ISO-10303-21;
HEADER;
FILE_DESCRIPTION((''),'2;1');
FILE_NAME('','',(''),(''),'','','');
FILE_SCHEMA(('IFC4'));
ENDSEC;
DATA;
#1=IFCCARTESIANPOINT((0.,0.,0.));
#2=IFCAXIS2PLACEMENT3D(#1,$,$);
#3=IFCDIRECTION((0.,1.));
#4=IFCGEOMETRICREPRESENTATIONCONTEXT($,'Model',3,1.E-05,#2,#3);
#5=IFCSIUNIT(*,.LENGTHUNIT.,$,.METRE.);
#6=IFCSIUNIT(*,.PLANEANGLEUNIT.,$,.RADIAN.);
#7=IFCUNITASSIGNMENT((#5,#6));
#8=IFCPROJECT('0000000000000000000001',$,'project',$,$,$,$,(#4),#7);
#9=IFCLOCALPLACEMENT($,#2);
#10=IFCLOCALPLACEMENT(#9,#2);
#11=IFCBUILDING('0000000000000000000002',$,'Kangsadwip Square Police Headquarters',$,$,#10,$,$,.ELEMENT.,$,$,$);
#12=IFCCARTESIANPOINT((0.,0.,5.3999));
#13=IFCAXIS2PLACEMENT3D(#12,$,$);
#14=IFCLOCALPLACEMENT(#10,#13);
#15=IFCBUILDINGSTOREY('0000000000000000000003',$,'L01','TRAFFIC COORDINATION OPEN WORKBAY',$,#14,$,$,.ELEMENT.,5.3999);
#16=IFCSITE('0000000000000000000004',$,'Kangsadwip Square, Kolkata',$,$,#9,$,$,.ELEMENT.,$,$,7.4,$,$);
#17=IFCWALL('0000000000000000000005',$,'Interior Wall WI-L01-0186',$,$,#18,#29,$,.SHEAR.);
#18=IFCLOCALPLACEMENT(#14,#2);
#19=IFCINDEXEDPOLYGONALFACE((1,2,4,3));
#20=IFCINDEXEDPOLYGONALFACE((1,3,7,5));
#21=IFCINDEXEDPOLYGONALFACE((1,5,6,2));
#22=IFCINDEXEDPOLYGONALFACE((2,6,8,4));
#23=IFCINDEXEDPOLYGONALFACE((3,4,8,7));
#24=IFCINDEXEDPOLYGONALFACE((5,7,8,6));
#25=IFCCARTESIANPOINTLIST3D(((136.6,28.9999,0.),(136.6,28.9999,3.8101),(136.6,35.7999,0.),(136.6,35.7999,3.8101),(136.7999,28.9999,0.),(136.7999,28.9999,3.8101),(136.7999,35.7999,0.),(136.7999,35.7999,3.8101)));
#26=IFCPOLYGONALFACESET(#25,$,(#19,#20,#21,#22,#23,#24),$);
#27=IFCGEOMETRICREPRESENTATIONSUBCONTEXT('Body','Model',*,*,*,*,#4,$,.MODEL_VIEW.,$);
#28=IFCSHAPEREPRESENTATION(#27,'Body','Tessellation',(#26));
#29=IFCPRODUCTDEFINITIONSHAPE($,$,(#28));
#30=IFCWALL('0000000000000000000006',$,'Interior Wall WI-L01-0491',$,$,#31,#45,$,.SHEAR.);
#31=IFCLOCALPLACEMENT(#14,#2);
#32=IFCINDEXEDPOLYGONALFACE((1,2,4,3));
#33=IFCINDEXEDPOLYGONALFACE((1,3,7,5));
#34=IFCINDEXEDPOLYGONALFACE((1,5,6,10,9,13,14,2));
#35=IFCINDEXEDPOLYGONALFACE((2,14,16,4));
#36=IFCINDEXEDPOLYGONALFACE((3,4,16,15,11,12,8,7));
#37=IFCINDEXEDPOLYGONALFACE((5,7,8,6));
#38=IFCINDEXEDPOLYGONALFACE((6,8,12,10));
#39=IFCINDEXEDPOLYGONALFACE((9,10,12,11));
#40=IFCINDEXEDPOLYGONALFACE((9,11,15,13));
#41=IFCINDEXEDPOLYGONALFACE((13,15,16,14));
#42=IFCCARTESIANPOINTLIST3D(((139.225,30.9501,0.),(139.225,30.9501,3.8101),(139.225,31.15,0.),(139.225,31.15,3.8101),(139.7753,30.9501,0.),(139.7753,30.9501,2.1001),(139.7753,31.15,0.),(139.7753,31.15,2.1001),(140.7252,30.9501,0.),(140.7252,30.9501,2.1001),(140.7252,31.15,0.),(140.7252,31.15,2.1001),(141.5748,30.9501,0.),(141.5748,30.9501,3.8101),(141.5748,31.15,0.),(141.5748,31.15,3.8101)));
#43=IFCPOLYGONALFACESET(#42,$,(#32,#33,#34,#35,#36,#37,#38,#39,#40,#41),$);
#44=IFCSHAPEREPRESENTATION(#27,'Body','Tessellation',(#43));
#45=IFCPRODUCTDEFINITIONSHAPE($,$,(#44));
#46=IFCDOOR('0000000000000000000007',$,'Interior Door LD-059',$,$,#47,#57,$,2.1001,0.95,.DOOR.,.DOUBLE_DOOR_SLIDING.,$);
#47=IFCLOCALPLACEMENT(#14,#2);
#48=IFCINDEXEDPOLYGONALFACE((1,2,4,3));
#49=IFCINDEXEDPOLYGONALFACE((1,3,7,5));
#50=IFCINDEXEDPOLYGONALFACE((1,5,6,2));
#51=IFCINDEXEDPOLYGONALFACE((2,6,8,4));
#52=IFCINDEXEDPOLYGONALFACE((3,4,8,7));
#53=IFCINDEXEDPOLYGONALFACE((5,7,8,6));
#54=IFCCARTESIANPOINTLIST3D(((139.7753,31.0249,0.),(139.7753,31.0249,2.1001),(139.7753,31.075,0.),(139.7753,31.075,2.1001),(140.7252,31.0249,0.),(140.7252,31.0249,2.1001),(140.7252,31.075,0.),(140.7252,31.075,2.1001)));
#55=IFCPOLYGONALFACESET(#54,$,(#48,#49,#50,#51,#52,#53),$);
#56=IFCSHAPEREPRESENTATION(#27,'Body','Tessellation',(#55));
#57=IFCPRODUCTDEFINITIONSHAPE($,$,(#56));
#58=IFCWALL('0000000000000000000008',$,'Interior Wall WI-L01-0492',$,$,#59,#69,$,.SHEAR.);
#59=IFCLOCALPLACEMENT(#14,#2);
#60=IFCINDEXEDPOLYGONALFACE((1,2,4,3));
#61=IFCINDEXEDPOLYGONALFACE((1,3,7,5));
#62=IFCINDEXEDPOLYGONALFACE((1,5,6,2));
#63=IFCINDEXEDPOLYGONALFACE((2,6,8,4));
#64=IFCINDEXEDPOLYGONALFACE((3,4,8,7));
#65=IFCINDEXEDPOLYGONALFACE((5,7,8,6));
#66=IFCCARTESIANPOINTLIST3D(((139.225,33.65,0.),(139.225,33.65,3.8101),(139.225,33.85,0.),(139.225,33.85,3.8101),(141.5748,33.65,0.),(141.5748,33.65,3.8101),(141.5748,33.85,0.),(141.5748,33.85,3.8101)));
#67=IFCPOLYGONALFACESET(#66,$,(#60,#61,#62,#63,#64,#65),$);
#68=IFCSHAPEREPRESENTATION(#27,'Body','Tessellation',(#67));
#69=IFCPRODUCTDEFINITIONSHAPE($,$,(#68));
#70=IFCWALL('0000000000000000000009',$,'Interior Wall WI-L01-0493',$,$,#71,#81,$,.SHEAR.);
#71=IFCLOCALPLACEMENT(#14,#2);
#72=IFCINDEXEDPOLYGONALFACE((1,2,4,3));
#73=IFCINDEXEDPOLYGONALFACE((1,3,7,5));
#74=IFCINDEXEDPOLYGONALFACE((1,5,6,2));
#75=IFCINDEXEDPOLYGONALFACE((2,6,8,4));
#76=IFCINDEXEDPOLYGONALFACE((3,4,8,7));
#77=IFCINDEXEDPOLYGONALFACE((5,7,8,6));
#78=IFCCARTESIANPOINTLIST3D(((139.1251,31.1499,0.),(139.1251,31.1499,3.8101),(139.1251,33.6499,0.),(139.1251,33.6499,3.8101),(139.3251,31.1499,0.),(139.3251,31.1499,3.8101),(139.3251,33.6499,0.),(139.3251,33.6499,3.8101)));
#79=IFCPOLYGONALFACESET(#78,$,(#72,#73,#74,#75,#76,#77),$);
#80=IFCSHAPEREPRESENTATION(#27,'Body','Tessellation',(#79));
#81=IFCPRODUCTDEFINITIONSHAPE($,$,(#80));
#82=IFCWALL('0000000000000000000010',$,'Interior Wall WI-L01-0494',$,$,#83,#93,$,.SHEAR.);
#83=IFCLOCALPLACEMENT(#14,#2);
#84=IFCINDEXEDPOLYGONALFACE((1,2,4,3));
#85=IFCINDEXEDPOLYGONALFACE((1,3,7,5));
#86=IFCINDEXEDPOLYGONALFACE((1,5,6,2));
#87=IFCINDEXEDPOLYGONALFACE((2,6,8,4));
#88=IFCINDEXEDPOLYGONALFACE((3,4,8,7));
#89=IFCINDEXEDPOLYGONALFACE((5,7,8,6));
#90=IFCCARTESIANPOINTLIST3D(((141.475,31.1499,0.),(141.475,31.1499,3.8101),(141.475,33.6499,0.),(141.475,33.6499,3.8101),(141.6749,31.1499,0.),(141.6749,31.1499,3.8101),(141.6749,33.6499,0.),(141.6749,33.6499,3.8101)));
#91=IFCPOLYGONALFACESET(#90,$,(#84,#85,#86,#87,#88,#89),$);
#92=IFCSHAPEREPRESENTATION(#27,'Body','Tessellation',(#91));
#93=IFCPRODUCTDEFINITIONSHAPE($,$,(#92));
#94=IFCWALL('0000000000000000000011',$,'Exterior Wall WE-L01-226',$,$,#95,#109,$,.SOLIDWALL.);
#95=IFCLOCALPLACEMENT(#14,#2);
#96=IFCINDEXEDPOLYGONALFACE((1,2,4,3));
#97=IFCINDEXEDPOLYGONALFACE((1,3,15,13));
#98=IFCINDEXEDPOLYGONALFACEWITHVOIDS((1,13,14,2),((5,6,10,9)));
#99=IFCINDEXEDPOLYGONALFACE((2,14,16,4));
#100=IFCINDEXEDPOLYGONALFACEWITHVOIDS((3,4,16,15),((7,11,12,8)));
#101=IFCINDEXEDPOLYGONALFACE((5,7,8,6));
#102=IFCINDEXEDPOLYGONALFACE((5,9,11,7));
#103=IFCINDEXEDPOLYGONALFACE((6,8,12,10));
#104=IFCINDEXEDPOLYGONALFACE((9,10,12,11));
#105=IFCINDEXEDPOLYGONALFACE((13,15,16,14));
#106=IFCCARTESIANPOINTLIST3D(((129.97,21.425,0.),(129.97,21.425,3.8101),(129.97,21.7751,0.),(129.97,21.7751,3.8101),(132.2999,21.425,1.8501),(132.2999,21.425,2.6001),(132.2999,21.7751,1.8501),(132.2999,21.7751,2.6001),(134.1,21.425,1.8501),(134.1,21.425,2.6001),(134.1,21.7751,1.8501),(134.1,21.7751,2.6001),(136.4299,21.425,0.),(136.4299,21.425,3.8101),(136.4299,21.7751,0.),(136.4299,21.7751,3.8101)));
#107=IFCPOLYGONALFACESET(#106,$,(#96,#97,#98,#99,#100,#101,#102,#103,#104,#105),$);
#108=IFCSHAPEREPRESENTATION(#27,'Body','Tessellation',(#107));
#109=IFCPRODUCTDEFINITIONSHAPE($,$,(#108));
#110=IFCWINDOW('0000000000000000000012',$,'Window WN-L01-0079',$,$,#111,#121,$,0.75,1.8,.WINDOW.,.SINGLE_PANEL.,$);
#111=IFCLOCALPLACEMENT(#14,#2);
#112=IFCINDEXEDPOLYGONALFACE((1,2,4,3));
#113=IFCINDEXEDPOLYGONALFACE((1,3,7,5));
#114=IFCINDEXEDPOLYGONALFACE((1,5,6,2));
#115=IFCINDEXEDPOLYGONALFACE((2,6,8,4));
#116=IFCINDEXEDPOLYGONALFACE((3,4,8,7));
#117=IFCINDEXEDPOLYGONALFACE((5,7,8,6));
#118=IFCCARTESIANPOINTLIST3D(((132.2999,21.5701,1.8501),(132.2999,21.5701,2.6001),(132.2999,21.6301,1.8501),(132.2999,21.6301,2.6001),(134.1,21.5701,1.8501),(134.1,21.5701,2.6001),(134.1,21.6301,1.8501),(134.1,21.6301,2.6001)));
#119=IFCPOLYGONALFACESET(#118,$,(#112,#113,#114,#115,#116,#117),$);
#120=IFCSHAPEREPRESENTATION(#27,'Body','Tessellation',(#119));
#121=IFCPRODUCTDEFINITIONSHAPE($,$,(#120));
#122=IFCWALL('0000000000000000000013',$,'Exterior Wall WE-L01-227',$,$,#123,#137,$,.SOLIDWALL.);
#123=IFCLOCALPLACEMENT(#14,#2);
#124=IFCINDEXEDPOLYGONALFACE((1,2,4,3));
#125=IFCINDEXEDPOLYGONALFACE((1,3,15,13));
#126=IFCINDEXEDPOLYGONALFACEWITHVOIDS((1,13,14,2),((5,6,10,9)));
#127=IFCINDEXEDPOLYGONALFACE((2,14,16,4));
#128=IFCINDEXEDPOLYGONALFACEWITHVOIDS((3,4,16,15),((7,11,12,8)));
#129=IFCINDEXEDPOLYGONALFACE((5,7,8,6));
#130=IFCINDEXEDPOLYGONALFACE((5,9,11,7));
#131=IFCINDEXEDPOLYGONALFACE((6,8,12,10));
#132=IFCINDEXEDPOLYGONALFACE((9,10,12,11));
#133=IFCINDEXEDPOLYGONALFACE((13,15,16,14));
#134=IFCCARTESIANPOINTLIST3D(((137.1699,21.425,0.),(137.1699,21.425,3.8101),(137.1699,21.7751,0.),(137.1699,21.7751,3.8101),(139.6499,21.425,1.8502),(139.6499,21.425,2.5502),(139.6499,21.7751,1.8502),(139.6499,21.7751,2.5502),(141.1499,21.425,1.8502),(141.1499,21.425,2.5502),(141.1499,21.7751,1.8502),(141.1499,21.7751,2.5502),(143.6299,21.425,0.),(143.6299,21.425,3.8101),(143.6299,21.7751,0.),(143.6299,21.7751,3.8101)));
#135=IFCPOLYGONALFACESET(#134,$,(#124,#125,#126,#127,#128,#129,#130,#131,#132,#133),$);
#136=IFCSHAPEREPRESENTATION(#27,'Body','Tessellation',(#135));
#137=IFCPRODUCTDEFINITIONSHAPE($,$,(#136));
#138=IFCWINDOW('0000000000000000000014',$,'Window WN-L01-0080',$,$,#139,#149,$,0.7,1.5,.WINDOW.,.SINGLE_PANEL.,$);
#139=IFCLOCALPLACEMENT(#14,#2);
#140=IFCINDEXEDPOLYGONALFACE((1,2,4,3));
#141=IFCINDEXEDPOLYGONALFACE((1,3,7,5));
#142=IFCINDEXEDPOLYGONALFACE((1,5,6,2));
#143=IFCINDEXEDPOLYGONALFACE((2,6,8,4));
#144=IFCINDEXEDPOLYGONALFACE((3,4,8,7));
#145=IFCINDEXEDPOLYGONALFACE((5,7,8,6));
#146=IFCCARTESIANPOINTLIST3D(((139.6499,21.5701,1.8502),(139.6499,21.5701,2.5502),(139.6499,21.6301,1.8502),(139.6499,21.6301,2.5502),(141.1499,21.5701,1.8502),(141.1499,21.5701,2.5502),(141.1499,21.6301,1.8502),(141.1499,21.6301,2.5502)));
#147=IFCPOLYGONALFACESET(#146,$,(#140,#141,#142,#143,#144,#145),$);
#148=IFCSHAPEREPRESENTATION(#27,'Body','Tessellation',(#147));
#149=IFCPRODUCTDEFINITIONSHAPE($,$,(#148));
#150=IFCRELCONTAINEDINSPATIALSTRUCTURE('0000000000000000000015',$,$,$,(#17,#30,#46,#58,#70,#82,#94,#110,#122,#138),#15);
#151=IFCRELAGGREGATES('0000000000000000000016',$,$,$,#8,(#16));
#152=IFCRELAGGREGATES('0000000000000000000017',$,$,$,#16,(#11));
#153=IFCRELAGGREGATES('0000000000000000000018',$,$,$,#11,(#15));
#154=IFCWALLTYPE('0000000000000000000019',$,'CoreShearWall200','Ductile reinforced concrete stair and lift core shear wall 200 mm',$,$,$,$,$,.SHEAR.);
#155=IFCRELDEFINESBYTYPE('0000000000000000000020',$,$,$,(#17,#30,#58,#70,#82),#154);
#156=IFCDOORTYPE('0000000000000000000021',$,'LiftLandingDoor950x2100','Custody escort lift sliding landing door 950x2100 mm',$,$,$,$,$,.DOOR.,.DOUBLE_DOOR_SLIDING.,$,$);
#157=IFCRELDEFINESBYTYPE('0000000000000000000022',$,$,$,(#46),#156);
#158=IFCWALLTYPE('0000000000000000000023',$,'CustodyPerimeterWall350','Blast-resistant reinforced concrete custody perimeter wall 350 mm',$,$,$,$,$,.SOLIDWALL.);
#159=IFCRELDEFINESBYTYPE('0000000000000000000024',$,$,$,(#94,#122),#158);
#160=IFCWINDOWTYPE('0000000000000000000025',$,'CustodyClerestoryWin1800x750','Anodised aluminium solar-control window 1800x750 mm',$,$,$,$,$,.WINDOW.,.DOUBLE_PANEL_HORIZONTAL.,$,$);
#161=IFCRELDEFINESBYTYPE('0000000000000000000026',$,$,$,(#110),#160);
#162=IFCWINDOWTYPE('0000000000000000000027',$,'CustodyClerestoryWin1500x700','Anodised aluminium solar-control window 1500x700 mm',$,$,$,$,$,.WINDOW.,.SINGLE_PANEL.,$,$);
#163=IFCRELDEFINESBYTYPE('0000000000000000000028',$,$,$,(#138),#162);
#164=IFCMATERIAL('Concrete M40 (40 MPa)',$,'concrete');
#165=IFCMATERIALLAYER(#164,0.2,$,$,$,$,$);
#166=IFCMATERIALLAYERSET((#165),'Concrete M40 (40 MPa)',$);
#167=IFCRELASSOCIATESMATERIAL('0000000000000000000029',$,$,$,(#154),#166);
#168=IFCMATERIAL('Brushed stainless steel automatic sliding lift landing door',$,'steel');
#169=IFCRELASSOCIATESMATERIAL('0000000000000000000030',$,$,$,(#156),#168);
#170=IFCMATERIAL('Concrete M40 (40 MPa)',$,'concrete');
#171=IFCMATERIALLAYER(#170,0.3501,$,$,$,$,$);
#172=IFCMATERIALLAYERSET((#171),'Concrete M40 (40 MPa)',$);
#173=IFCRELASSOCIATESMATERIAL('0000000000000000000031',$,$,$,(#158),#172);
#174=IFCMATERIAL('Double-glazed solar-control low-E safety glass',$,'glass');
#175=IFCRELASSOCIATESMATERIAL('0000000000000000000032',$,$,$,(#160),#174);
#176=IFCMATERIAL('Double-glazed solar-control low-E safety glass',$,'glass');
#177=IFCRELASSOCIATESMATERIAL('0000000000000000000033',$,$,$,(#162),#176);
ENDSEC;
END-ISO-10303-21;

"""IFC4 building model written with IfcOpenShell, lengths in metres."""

from ifc_helpers import new_model, si_unit, direction, frame, frame_2d, origin, place, context, subcontext, project, spatial, rectangle, extrude, material, layer, layer_set, type_object, element, fill, save


model = new_model("IFC4")

# Units and contexts
model_context = context("Model", 3, precision=1e-05, world=origin(), true_north=direction((0.0, 1.0)))
body_context = subcontext(model_context, "Body", "Model", "MODEL_VIEW")
ifc_project = project(units=[si_unit("LENGTHUNIT", "METRE"), si_unit("PLANEANGLEUNIT", "RADIAN")], contexts=[model_context])

# Site, building, storey
site_placement = place(None, origin())
site = spatial("IfcSite", under=ifc_project, at=site_placement, Name="Kangsadwip Square, Kolkata", CompositionType="ELEMENT", RefElevation=7.4)
building_placement = place(site_placement, origin())
building = spatial("IfcBuilding", under=site, at=building_placement, Name="Kangsadwip Square Police Headquarters", CompositionType="ELEMENT")
storey_placement = place(building_placement, frame((0.0, 0.0, 5.3999)))
storey = spatial("IfcBuildingStorey", under=building, at=storey_placement, Name="L01", Description="TRAFFIC COORDINATION OPEN WORKBAY", CompositionType="ELEMENT", Elevation=5.3999)

# Shared definitions
ifc_material_1 = material(Name="Concrete M40 (40 MPa)", Category="concrete")
ifc_layer_1 = layer(ifc_material_1, 0.2)
ifc_layer_set_1 = layer_set([ifc_layer_1], Name="Concrete M40 (40 MPa)")
wall_type_1 = type_object("IfcWallType", Name="CoreShearWall200", Description="Ductile reinforced concrete stair and lift core shear wall 200 mm", PredefinedType="SHEAR", material=ifc_layer_set_1)

# Wall
wall_1_placement = place(storey_placement, frame((136.7, 29.0, 0.0), z_axis=(0.0, 0.0, 1.0), x_axis=(0.0, 1.0, 0.0)))
element("IfcWall", 1, at=wall_1_placement, inside=storey, type_object=wall_type_1, Name="Interior Wall WI-L01-0186", PredefinedType="SHEAR", context=body_context, shape_type="SweptSolid", body=[
    extrude(rectangle(XDim=6.8, YDim=0.2, at=frame_2d((3.3999, 0.0))), origin(), (0.0, 0.0, 1.0), 3.8101),
])

# Wall, opening, door
wall_2_placement = place(storey_placement, frame((139.2251, 31.05, 0.0), z_axis=(0.0, 0.0, 1.0), x_axis=(1.0, 0.0, 0.0)))
wall_2 = element("IfcWall", 2, at=wall_2_placement, inside=storey, type_object=wall_type_1, Name="Interior Wall WI-L01-0491", PredefinedType="SHEAR", context=body_context, shape_type="SweptSolid", body=[
    extrude(rectangle(XDim=2.3499, YDim=0.2, at=frame_2d((1.1748, 0.0))), origin(), (0.0, 0.0, 1.0), 3.8101),
])
opening_1_placement = place(wall_2_placement, frame((0.55, 0.0, 0.0)))
opening_1 = element("IfcOpeningElement", 3, at=opening_1_placement, cuts=wall_2, PredefinedType="OPENING", context=body_context, shape_type="SweptSolid", body=[
    extrude(rectangle(XDim=0.95, YDim=2.1001, at=frame_2d((0.4751, 1.05))), frame((0.0, 0.1099, 0.0), z_axis=(0.0, -1.0, 0.0), x_axis=(1.0, 0.0, 0.0)), (0.0, 0.0, 1.0), 0.22),
])
ifc_material_2 = material(Name="Brushed stainless steel automatic sliding lift landing door", Category="steel")
door_type_1 = type_object("IfcDoorType", Name="LiftLandingDoor950x2100", Description="Custody escort lift sliding landing door 950x2100 mm", OperationType="DOUBLE_DOOR_SLIDING", PredefinedType="DOOR", material=ifc_material_2)
door_1_placement = place(opening_1_placement, origin())
door_1 = element("IfcDoor", 4, at=door_1_placement, inside=storey, type_object=door_type_1, Name="Interior Door LD-059", OperationType="DOUBLE_DOOR_SLIDING", OverallHeight=2.1001, OverallWidth=0.95, PredefinedType="DOOR", context=body_context, shape_type="SweptSolid", body=[
    extrude(rectangle(XDim=0.95, YDim=2.1001, at=frame_2d((0.4751, 1.05))), frame((0.0, 0.0249, 0.0), z_axis=(0.0, -1.0, 0.0), x_axis=(1.0, 0.0, 0.0)), (0.0, 0.0, 1.0), 0.05),
])
fill(opening_1, door_1)

# Walls
wall_3_placement = place(storey_placement, frame((139.2251, 33.75, 0.0), z_axis=(0.0, 0.0, 1.0), x_axis=(1.0, 0.0, 0.0)))
element("IfcWall", 5, at=wall_3_placement, inside=storey, type_object=wall_type_1, Name="Interior Wall WI-L01-0492", PredefinedType="SHEAR", context=body_context, shape_type="SweptSolid", body=[
    extrude(rectangle(XDim=2.3499, YDim=0.2, at=frame_2d((1.1748, 0.0))), origin(), (0.0, 0.0, 1.0), 3.8101),
])
for number, where, z_axis, x_axis, name in (
    (6, (139.2251, 31.1499, 0.0), (0.0, 0.0, 1.0), (0.0, 1.0, 0.0), "Interior Wall WI-L01-0493"),
    (7, (141.575, 31.1499, 0.0), (0.0, 0.0, 1.0), (0.0, 1.0, 0.0), "Interior Wall WI-L01-0494"),
):
    element("IfcWall", number, at=place(storey_placement, frame(where, z_axis=z_axis, x_axis=x_axis)), inside=storey, type_object=wall_type_1, Name=name, PredefinedType="SHEAR", context=body_context, shape_type="SweptSolid", body=[
        extrude(rectangle(XDim=2.5, YDim=0.2, at=frame_2d((1.25, 0.0))), origin(), (0.0, 0.0, 1.0), 3.8101),
    ])

# Walls, openings, windows
ifc_material_3 = material(Name="Concrete M40 (40 MPa)", Category="concrete")
ifc_layer_2 = layer(ifc_material_3, 0.3501)
ifc_layer_set_2 = layer_set([ifc_layer_2], Name="Concrete M40 (40 MPa)")
wall_type_2 = type_object("IfcWallType", Name="CustodyPerimeterWall350", Description="Blast-resistant reinforced concrete custody perimeter wall 350 mm", PredefinedType="SOLIDWALL", material=ifc_layer_set_2)
wall_4_placement = place(storey_placement, frame((129.97, 21.6001, 0.0), z_axis=(0.0, 0.0, 1.0), x_axis=(1.0, 0.0, 0.0)))
wall_4 = element("IfcWall", 8, at=wall_4_placement, inside=storey, type_object=wall_type_2, Name="Exterior Wall WE-L01-226", PredefinedType="SOLIDWALL", context=body_context, shape_type="SweptSolid", body=[
    extrude(rectangle(XDim=6.46, YDim=0.3501, at=frame_2d((3.23, 0.0))), origin(), (0.0, 0.0, 1.0), 3.8101),
])
opening_2_placement = place(wall_4_placement, frame((2.3301, 0.0, 1.8501)))
opening_2 = element("IfcOpeningElement", 9, at=opening_2_placement, cuts=wall_4, PredefinedType="OPENING", context=body_context, shape_type="SweptSolid", body=[
    extrude(rectangle(XDim=1.8, YDim=0.75, at=frame_2d((0.8999, 0.375))), frame((0.0, 0.1851, 0.0), z_axis=(0.0, -1.0, 0.0), x_axis=(1.0, 0.0, 0.0)), (0.0, 0.0, 1.0), 0.3701),
])
ifc_material_4 = material(Name="Double-glazed solar-control low-E safety glass", Category="glass")
window_type_1 = type_object("IfcWindowType", Name="CustodyClerestoryWin1800x750", Description="Anodised aluminium solar-control window 1800x750 mm", PartitioningType="DOUBLE_PANEL_HORIZONTAL", PredefinedType="WINDOW", material=ifc_material_4)
window_1_placement = place(opening_2_placement, origin())
window_1 = element("IfcWindow", 10, at=window_1_placement, inside=storey, type_object=window_type_1, Name="Window WN-L01-0079", OverallHeight=0.75, OverallWidth=1.8, PartitioningType="SINGLE_PANEL", PredefinedType="WINDOW", context=body_context, shape_type="SweptSolid", body=[
    extrude(rectangle(XDim=1.8, YDim=0.75, at=frame_2d((0.8999, 0.375))), frame((0.0, 0.03, 0.0), z_axis=(0.0, -1.0, 0.0), x_axis=(1.0, 0.0, 0.0)), (0.0, 0.0, 1.0), 0.0601),
])
fill(opening_2, window_1)
wall_5_placement = place(storey_placement, frame((137.1699, 21.6001, 0.0), z_axis=(0.0, 0.0, 1.0), x_axis=(1.0, 0.0, 0.0)))
wall_5 = element("IfcWall", 11, at=wall_5_placement, inside=storey, type_object=wall_type_2, Name="Exterior Wall WE-L01-227", PredefinedType="SOLIDWALL", context=body_context, shape_type="SweptSolid", body=[
    extrude(rectangle(XDim=6.46, YDim=0.3501, at=frame_2d((3.23, 0.0))), origin(), (0.0, 0.0, 1.0), 3.8101),
])
opening_3_placement = place(wall_5_placement, frame((2.48, 0.0, 1.8501)))
opening_3 = element("IfcOpeningElement", 12, at=opening_3_placement, cuts=wall_5, PredefinedType="OPENING", context=body_context, shape_type="SweptSolid", body=[
    extrude(rectangle(XDim=1.5, YDim=0.7, at=frame_2d((0.75, 0.3501))), frame((0.0, 0.1851, 0.0), z_axis=(0.0, -1.0, 0.0), x_axis=(1.0, 0.0, 0.0)), (0.0, 0.0, 1.0), 0.3701),
])
ifc_material_5 = material(Name="Double-glazed solar-control low-E safety glass", Category="glass")
window_type_2 = type_object("IfcWindowType", Name="CustodyClerestoryWin1500x700", Description="Anodised aluminium solar-control window 1500x700 mm", PartitioningType="SINGLE_PANEL", PredefinedType="WINDOW", material=ifc_material_5)
window_2_placement = place(opening_3_placement, origin())
window_2 = element("IfcWindow", 13, at=window_2_placement, inside=storey, type_object=window_type_2, Name="Window WN-L01-0080", OverallHeight=0.7, OverallWidth=1.5, PartitioningType="SINGLE_PANEL", PredefinedType="WINDOW", context=body_context, shape_type="SweptSolid", body=[
    extrude(rectangle(XDim=1.5, YDim=0.7, at=frame_2d((0.75, 0.3501))), frame((0.0, 0.03, 0.0), z_axis=(0.0, -1.0, 0.0), x_axis=(1.0, 0.0, 0.0)), (0.0, 0.0, 1.0), 0.0601),
])
fill(opening_3, window_2)

save(model, "model.ifc")
